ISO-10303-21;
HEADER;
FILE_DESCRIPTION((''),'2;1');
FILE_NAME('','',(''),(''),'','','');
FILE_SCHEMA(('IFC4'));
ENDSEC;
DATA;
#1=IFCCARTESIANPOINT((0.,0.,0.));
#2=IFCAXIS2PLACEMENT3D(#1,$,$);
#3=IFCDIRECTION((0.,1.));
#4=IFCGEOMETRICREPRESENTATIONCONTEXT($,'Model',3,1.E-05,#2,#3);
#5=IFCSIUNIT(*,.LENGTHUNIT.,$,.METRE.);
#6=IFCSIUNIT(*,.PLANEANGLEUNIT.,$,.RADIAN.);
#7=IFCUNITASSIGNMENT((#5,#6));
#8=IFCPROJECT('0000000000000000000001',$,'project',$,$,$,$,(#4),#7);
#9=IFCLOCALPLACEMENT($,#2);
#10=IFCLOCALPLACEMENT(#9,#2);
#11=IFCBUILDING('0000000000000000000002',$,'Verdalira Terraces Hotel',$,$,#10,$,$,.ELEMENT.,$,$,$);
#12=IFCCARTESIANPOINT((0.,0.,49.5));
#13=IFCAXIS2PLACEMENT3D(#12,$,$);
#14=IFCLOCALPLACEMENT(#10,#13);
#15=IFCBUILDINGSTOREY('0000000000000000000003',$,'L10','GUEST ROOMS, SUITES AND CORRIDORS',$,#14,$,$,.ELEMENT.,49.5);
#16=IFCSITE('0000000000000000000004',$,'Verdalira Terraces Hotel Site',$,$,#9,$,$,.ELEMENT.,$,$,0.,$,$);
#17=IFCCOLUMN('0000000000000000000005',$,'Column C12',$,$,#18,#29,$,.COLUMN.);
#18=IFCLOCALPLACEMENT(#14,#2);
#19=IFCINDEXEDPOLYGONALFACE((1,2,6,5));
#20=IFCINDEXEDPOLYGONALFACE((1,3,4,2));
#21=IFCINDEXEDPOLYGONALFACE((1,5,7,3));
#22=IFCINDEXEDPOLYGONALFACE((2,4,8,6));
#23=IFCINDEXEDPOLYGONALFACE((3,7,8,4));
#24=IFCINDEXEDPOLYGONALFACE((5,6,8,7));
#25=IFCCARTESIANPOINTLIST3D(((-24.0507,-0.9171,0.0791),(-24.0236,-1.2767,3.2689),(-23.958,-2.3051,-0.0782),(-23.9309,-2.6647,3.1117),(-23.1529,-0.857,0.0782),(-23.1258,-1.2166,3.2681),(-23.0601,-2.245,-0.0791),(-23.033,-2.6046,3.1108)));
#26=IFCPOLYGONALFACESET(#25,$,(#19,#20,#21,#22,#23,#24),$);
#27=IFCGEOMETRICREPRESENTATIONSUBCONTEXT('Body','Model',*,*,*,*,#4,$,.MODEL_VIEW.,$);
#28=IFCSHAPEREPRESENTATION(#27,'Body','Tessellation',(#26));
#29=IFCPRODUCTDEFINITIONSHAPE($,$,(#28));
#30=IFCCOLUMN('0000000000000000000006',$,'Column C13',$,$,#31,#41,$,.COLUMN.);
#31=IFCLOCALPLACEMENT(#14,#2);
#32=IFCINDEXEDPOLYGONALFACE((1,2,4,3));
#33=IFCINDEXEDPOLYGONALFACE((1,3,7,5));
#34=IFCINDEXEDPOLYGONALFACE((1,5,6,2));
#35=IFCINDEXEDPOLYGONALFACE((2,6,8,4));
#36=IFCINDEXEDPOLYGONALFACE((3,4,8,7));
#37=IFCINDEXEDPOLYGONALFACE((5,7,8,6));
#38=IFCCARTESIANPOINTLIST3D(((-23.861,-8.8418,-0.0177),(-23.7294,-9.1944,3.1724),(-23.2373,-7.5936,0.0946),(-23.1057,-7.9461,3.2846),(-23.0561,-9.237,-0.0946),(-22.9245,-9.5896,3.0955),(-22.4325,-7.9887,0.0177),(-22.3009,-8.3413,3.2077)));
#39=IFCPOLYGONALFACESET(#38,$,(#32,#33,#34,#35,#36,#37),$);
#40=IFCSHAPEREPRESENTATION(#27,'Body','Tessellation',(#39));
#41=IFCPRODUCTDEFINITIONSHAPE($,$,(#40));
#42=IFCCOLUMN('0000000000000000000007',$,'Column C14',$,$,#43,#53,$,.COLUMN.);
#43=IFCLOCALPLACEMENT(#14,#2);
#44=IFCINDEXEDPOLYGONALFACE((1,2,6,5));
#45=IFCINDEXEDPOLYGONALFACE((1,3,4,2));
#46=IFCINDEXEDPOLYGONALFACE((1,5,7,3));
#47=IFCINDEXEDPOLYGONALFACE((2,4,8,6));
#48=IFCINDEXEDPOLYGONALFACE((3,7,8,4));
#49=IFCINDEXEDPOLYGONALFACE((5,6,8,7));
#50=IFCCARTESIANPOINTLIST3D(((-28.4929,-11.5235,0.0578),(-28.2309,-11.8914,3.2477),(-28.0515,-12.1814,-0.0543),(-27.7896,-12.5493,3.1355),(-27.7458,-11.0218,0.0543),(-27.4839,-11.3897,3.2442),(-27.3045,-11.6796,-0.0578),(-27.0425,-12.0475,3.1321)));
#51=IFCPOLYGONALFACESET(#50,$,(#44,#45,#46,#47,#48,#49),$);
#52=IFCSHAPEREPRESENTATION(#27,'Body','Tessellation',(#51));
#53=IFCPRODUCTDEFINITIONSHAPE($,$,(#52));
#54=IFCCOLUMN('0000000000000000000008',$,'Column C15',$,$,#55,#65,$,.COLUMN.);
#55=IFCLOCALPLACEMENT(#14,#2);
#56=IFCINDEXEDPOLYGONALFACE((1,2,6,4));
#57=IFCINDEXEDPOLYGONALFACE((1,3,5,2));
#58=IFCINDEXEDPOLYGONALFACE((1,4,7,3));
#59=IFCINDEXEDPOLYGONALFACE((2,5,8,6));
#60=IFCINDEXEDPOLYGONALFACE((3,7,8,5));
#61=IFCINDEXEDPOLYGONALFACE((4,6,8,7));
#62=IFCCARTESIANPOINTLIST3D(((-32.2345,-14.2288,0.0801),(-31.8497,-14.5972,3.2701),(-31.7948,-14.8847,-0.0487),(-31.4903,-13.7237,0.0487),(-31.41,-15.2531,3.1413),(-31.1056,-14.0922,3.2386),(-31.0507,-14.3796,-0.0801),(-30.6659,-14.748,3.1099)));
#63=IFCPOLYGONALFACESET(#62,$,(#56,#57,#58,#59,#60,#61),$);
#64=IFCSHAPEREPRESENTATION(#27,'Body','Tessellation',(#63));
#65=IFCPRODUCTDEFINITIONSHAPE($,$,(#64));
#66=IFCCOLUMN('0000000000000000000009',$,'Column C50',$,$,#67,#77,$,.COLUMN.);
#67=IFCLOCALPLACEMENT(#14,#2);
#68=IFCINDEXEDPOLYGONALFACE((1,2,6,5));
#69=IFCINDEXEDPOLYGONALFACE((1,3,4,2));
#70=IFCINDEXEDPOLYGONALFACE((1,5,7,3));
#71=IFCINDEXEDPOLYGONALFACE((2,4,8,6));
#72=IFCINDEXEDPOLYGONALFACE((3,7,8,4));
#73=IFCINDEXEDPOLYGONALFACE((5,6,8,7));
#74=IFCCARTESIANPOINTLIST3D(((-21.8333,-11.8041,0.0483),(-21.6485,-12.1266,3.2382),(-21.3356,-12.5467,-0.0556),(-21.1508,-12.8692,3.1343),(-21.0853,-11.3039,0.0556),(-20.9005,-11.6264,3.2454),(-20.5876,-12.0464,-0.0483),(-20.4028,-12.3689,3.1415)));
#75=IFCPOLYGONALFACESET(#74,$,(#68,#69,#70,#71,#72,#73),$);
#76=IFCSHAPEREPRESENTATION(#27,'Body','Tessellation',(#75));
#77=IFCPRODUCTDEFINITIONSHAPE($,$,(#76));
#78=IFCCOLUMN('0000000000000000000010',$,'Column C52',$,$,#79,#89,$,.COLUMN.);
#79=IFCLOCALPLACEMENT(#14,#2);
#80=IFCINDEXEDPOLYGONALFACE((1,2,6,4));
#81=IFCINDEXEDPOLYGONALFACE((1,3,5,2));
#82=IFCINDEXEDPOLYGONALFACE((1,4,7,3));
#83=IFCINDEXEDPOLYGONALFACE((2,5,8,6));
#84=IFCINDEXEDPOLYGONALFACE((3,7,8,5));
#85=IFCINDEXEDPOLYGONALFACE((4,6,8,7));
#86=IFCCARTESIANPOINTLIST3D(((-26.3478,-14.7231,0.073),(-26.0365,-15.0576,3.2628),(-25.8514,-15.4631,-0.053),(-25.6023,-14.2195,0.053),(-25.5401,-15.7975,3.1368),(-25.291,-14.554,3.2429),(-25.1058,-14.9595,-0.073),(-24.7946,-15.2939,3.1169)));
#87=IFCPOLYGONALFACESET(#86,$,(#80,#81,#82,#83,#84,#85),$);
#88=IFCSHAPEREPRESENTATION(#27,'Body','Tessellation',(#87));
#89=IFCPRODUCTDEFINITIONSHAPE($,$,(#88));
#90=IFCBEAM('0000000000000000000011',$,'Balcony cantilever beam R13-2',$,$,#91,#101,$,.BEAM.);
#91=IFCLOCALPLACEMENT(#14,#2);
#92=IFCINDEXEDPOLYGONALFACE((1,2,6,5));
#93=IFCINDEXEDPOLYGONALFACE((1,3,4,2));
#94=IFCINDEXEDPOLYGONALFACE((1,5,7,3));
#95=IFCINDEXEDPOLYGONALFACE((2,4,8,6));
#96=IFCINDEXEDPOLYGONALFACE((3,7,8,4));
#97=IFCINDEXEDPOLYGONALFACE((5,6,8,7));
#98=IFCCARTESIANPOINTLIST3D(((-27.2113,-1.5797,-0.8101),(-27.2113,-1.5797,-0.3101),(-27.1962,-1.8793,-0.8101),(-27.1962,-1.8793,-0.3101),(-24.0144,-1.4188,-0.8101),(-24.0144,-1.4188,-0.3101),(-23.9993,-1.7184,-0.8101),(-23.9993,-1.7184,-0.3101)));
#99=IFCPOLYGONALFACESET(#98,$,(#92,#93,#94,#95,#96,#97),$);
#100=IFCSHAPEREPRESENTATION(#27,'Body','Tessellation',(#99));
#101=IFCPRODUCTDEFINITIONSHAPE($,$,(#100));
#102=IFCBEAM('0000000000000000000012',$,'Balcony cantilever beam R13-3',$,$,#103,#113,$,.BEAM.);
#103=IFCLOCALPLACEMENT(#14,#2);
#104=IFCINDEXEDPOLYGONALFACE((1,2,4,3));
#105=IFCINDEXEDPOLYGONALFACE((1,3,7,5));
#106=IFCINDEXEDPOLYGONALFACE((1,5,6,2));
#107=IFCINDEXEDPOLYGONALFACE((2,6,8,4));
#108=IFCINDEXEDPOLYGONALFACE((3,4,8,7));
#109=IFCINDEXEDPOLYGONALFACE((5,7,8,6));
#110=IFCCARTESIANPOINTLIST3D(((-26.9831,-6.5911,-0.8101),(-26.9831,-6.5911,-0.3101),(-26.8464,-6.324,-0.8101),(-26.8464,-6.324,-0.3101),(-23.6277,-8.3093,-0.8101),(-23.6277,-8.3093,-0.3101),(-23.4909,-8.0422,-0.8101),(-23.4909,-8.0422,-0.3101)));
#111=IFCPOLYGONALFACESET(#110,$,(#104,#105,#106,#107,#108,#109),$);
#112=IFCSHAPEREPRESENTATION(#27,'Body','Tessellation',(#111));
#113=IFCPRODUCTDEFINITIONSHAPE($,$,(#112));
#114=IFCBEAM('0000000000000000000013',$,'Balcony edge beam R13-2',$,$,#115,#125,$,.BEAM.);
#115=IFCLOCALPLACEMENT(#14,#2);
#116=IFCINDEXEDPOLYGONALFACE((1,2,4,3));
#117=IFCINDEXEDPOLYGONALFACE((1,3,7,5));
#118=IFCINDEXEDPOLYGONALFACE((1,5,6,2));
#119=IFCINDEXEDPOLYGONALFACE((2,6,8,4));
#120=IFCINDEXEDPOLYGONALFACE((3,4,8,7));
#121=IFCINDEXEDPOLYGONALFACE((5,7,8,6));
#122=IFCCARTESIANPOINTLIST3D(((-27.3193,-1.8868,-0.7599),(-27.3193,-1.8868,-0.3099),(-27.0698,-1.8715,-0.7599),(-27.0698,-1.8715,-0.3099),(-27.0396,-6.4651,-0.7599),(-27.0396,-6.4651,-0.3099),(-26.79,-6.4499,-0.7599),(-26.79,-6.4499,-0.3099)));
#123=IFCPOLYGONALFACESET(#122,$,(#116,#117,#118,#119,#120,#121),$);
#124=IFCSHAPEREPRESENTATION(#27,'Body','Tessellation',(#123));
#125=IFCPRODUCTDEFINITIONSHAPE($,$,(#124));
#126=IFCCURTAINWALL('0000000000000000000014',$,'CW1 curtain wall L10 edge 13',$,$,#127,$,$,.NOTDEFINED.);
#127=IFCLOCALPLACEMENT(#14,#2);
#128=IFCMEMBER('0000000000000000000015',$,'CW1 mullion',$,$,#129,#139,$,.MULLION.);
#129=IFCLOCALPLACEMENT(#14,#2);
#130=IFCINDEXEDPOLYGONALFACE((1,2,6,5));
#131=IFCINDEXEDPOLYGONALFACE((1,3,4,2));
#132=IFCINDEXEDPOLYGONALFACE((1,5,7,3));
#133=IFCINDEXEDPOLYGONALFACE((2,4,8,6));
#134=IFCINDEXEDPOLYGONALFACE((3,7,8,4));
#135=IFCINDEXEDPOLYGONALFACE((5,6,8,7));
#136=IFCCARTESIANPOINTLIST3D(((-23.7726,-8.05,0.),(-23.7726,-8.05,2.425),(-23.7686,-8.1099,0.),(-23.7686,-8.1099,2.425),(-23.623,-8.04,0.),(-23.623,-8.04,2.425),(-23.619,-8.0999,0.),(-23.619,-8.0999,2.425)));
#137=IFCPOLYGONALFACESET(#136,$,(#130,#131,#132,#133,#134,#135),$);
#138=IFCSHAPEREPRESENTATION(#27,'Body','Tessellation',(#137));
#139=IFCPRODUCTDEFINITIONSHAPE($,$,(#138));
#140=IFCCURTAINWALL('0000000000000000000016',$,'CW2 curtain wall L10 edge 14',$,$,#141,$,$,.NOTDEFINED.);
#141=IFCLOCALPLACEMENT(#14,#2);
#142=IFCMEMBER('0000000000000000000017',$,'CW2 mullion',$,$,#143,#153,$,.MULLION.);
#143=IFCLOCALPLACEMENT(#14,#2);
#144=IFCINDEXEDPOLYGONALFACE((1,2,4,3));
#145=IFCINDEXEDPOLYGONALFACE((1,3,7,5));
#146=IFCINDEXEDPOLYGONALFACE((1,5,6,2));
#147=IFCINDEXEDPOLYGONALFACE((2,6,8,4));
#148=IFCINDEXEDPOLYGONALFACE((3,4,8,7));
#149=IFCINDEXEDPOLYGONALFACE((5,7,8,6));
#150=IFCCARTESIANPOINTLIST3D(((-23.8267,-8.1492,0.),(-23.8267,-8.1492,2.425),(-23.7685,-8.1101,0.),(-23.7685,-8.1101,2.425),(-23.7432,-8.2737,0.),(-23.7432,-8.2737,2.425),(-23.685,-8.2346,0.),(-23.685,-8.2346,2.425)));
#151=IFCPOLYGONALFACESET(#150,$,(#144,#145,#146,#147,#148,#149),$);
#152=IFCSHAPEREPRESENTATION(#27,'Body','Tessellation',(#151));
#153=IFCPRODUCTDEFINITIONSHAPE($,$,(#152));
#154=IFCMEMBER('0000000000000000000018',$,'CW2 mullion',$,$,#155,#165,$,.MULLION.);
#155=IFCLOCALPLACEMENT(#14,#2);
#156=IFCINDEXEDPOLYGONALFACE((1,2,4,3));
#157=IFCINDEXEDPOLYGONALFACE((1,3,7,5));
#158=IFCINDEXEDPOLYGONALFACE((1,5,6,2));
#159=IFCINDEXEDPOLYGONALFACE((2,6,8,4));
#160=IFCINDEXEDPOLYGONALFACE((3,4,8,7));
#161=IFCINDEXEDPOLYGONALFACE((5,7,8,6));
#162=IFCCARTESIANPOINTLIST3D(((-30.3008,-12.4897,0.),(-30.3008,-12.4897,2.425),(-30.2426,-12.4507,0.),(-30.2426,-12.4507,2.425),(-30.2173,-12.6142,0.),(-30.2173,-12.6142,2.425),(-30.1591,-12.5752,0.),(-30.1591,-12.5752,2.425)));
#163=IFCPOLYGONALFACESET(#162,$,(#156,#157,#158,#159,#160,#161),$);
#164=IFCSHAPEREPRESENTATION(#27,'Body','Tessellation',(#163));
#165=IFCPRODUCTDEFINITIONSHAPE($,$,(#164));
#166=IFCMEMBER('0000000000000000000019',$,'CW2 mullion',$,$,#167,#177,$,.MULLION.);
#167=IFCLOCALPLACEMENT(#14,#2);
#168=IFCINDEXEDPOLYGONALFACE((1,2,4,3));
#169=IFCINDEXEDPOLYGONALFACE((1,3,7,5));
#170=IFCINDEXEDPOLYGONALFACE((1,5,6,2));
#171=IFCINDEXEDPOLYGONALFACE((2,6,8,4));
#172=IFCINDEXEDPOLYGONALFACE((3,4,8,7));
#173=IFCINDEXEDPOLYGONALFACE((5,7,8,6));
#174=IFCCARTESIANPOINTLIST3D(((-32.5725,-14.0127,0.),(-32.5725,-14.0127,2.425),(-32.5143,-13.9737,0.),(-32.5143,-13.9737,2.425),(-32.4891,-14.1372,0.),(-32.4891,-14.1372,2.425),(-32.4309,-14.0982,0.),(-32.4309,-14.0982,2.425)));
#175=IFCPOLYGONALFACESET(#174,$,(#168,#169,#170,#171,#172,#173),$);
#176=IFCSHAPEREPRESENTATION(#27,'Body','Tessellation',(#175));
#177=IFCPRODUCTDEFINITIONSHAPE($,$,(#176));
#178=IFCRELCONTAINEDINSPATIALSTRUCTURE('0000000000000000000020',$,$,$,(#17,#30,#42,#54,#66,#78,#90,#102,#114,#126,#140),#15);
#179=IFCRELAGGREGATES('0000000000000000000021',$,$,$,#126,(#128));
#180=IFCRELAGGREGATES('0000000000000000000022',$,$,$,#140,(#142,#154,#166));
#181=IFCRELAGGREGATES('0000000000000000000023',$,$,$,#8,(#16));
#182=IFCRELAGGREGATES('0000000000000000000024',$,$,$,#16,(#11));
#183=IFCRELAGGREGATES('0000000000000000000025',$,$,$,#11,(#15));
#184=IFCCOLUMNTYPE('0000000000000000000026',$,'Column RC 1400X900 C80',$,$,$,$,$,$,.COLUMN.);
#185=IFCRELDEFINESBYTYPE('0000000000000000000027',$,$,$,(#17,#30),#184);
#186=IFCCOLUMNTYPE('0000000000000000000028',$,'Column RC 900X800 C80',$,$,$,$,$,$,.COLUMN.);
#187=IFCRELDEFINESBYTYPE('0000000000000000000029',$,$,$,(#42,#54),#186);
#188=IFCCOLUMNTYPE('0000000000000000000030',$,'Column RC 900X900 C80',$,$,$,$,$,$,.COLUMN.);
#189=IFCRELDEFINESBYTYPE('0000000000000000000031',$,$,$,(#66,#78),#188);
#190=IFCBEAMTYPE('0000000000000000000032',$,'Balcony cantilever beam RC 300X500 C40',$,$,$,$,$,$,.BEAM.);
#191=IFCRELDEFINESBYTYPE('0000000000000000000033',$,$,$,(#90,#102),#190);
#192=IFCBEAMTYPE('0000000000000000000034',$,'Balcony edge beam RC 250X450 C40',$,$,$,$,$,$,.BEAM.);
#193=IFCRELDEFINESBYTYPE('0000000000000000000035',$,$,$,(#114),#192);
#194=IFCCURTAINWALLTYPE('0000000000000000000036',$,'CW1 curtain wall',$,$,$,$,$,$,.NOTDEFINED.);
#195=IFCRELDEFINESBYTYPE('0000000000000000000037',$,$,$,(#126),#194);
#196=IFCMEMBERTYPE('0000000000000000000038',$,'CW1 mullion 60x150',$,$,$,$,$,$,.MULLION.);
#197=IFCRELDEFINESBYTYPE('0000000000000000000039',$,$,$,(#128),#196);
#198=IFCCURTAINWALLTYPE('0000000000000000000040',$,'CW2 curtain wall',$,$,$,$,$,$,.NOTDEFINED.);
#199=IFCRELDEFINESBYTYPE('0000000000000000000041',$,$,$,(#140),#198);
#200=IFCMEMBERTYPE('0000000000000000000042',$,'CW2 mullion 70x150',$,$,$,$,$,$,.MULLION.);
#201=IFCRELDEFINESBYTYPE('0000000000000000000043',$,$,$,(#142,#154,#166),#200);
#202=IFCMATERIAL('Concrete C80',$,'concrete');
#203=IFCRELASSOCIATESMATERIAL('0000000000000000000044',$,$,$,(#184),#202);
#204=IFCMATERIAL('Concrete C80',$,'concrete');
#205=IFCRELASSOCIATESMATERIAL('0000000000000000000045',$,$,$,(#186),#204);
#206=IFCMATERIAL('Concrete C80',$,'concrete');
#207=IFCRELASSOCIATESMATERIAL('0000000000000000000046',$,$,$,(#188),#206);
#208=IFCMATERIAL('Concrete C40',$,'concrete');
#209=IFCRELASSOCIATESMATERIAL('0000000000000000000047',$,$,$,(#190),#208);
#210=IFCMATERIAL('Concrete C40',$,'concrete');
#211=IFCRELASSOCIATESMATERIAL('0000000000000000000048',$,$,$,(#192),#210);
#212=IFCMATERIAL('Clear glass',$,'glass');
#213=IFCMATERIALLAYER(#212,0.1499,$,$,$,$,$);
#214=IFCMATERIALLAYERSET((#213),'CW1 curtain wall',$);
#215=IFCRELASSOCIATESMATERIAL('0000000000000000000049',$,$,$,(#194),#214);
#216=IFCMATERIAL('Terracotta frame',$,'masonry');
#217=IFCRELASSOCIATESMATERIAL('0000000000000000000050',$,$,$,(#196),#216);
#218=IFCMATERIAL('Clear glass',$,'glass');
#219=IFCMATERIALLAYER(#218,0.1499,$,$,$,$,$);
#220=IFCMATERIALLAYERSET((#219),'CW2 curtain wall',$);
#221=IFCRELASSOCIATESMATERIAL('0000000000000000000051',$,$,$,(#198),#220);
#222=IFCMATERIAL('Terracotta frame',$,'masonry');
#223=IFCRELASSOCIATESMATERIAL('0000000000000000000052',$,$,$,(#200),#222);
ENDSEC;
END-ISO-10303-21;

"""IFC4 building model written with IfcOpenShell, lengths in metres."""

from ifc_helpers import new_model, si_unit, direction, frame, origin, origin_2d, place, context, subcontext, project, spatial, rectangle, extrude, material, layer, layer_set, material_profile, profile_set, type_object, element, aggregate, save


model = new_model("IFC4")

# Units and contexts
model_context = context("Model", 3, precision=1e-05, world=origin(), true_north=direction((0.0, 1.0)))
body_context = subcontext(model_context, "Body", "Model", "MODEL_VIEW")
ifc_project = project(units=[si_unit("LENGTHUNIT", "METRE"), si_unit("PLANEANGLEUNIT", "RADIAN")], contexts=[model_context])

# Site, building, storey
site_placement = place(None, origin())
site = spatial("IfcSite", under=ifc_project, at=site_placement, Name="Verdalira Terraces Hotel Site", CompositionType="ELEMENT", RefElevation=0.0)
building_placement = place(site_placement, origin())
building = spatial("IfcBuilding", under=site, at=building_placement, Name="Verdalira Terraces Hotel", CompositionType="ELEMENT")
storey_placement = place(building_placement, frame((0.0, 0.0, 49.5)))
storey = spatial("IfcBuildingStorey", under=building, at=storey_placement, Name="L10", Description="GUEST ROOMS, SUITES AND CORRIDORS", CompositionType="ELEMENT", Elevation=49.5)

# Columns
ifc_material_1 = material(Name="Concrete C80", Category="concrete")
ifc_material_profile_1 = material_profile(ifc_material_1, rectangle(XDim=1.3999, YDim=0.8999, at=origin_2d()), Name="RC 1400X900")
ifc_profile_set_1 = profile_set([ifc_material_profile_1], Name="Concrete C80")
column_type_1 = type_object("IfcColumnType", Name="Column RC 1400X900 C80", PredefinedType="COLUMN", material=ifc_profile_set_1)
column_1_placement = place(storey_placement, frame((-23.5554, -1.5811, 0.0), z_axis=(0.008442, -0.112022, 0.99367), x_axis=(0.066257, -0.991459, -0.112335)))
element("IfcColumn", 1, at=column_1_placement, inside=storey, type_object=column_type_1, Name="Column C12", PredefinedType="COLUMN", context=body_context, shape_type="SweptSolid", body=[
    extrude(rectangle(XDim=1.3999, YDim=0.8999, at=origin_2d()), origin(), (0.0, 0.0, 1.0), 3.2102),
])
column_2_placement = place(storey_placement, frame((-23.1467, -8.4153, 0.0), z_axis=(0.040968, -0.109755, 0.993114), x_axis=(0.445471, 0.8917, 0.08017)))
element("IfcColumn", 2, at=column_2_placement, inside=storey, type_object=column_type_1, Name="Column C13", PredefinedType="COLUMN", context=body_context, shape_type="SweptSolid", body=[
    extrude(rectangle(XDim=1.3999, YDim=0.8999, at=origin_2d()), origin(), (0.0, 0.0, 1.0), 3.2122),
])
ifc_material_2 = material(Name="Concrete C80", Category="concrete")
ifc_material_profile_2 = material_profile(ifc_material_2, rectangle(XDim=0.8999, YDim=0.8, at=origin_2d()), Name="RC 900X800")
ifc_profile_set_2 = profile_set([ifc_material_profile_2], Name="Concrete C80")
column_type_2 = type_object("IfcColumnType", Name="Column RC 900X800 C80", PredefinedType="COLUMN", material=ifc_profile_set_2)
column_3_placement = place(storey_placement, frame((-27.8987, -11.6016, 0.0), z_axis=(0.081311, -0.114199, 0.990125), x_axis=(-0.830123, -0.557566, 0.003863)))
element("IfcColumn", 3, at=column_3_placement, inside=storey, type_object=column_type_2, Name="Column C14", PredefinedType="COLUMN", context=body_context, shape_type="SweptSolid", body=[
    extrude(rectangle(XDim=0.8999, YDim=0.8, at=origin_2d()), origin(), (0.0, 0.0, 1.0), 3.2217),
])
column_4_placement = place(storey_placement, frame((-31.6426, -14.3042, 0.0), z_axis=(0.118971, -0.113913, 0.986342), x_axis=(-0.826929, -0.561221, 0.034927)))
element("IfcColumn", 4, at=column_4_placement, inside=storey, type_object=column_type_2, Name="Column C15", PredefinedType="COLUMN", context=body_context, shape_type="SweptSolid", body=[
    extrude(rectangle(XDim=0.8999, YDim=0.8, at=origin_2d()), origin(), (0.0, 0.0, 1.0), 3.2341),
])
ifc_material_3 = material(Name="Concrete C80", Category="concrete")
ifc_material_profile_3 = material_profile(ifc_material_3, rectangle(XDim=0.8999, YDim=0.8999, at=origin_2d()), Name="RC 900X900")
ifc_profile_set_3 = profile_set([ifc_material_profile_3], Name="Concrete C80")
column_type_3 = type_object("IfcColumnType", Name="Column RC 900X900 C80", PredefinedType="COLUMN", material=ifc_profile_set_3)
column_5_placement = place(storey_placement, frame((-21.2104, -11.9253, 0.0), z_axis=(0.057547, -0.100423, 0.993279), x_axis=(-0.831201, -0.555913, -0.008047)))
element("IfcColumn", 5, at=column_5_placement, inside=storey, type_object=column_type_3, Name="Column C50", PredefinedType="COLUMN", context=body_context, shape_type="SweptSolid", body=[
    extrude(rectangle(XDim=0.8999, YDim=0.8999, at=origin_2d()), origin(), (0.0, 0.0, 1.0), 3.2114),
])
column_6_placement = place(storey_placement, frame((-25.7268, -14.8413, 0.0), z_axis=(0.096596, -0.103793, 0.989897), x_axis=(-0.828465, -0.559602, 0.022167)))
element("IfcColumn", 6, at=column_6_placement, inside=storey, type_object=column_type_3, Name="Column C52", PredefinedType="COLUMN", context=body_context, shape_type="SweptSolid", body=[
    extrude(rectangle(XDim=0.8999, YDim=0.8999, at=origin_2d()), origin(), (0.0, 0.0, 1.0), 3.2224),
])

# Beams
ifc_material_4 = material(Name="Concrete C40", Category="concrete")
ifc_material_profile_4 = material_profile(ifc_material_4, rectangle(XDim=0.3, YDim=0.5, at=origin_2d()), Name="RC 300X500")
ifc_profile_set_4 = profile_set([ifc_material_profile_4], Name="Concrete C40")
beam_type_1 = type_object("IfcBeamType", Name="Balcony cantilever beam RC 300X500 C40", PredefinedType="BEAM", material=ifc_profile_set_4)
beam_1_placement = place(storey_placement, frame((-24.0068, -1.5686, -0.5601), z_axis=(-0.998736, -0.050265, 0.0), x_axis=(0.050265, -0.998736, 0.0)))
element("IfcBeam", 7, at=beam_1_placement, inside=storey, type_object=beam_type_1, Name="Balcony cantilever beam R13-2", PredefinedType="BEAM", context=body_context, shape_type="SweptSolid", body=[
    extrude(rectangle(XDim=0.3, YDim=0.5, at=origin_2d()), origin(), (0.0, 0.0, 1.0), 3.2009),
])
beam_2_placement = place(storey_placement, frame((-23.5593, -8.1758, -0.5601), z_axis=(-0.890086, 0.455793, 0.0), x_axis=(-0.455793, -0.890086, 0.0)))
element("IfcBeam", 8, at=beam_2_placement, inside=storey, type_object=beam_type_1, Name="Balcony cantilever beam R13-3", PredefinedType="BEAM", context=body_context, shape_type="SweptSolid", body=[
    extrude(rectangle(XDim=0.3, YDim=0.5, at=origin_2d()), origin(), (0.0, 0.0, 1.0), 3.7698),
])
ifc_material_5 = material(Name="Concrete C40", Category="concrete")
ifc_material_profile_5 = material_profile(ifc_material_5, rectangle(XDim=0.25, YDim=0.45, at=origin_2d()), Name="RC 250X450")
ifc_profile_set_5 = profile_set([ifc_material_profile_5], Name="Concrete C40")
beam_type_2 = type_object("IfcBeamType", Name="Balcony edge beam RC 250X450 C40", PredefinedType="BEAM", material=ifc_profile_set_5)
beam_3_placement = place(storey_placement, frame((-27.1946, -1.8792, -0.5349), z_axis=(0.060996, -0.998138, 0.0), x_axis=(0.998138, 0.060996, 0.0)))
element("IfcBeam", 9, at=beam_3_placement, inside=storey, type_object=beam_type_2, Name="Balcony edge beam R13-2", PredefinedType="BEAM", context=body_context, shape_type="SweptSolid", body=[
    extrude(rectangle(XDim=0.25, YDim=0.45, at=origin_2d()), origin(), (0.0, 0.0, 1.0), 4.5869),
])

# Curtain wall, member
ifc_material_6 = material(Name="Clear glass", Category="glass")
ifc_layer_1 = layer(ifc_material_6, 0.1499)
ifc_layer_set_1 = layer_set([ifc_layer_1], Name="CW1 curtain wall")
curtain_wall_type_1 = type_object("IfcCurtainWallType", Name="CW1 curtain wall", PredefinedType="NOTDEFINED", material=ifc_layer_set_1)
curtain_wall_1_placement = place(storey_placement, origin())
curtain_wall_1 = element("IfcCurtainWall", 10, at=curtain_wall_1_placement, inside=storey, type_object=curtain_wall_type_1, Name="CW1 curtain wall L10 edge 13", PredefinedType="NOTDEFINED")
ifc_material_7 = material(Name="Terracotta frame", Category="masonry")
ifc_material_profile_6 = material_profile(ifc_material_7, rectangle(XDim=0.0601, YDim=0.1499, at=origin_2d()), Name="MU 60x150")
ifc_profile_set_6 = profile_set([ifc_material_profile_6], Name="Terracotta frame")
member_type_1 = type_object("IfcMemberType", Name="CW1 mullion 60x150", PredefinedType="MULLION", material=ifc_profile_set_6)
member_1_placement = place(storey_placement, frame((-23.6958, -8.075, 0.0), z_axis=(0.0, 0.0, 1.0), x_axis=(0.06697, -0.997755, 0.0)))
member_1 = element("IfcMember", 11, at=member_1_placement, type_object=member_type_1, Name="CW1 mullion", PredefinedType="MULLION", context=body_context, shape_type="SweptSolid", body=[
    extrude(rectangle(XDim=0.0601, YDim=0.1499, at=origin_2d()), origin(), (0.0, 0.0, 1.0), 2.425),
])

# Curtain wall, members
ifc_material_8 = material(Name="Clear glass", Category="glass")
ifc_layer_2 = layer(ifc_material_8, 0.1499)
ifc_layer_set_2 = layer_set([ifc_layer_2], Name="CW2 curtain wall")
curtain_wall_type_2 = type_object("IfcCurtainWallType", Name="CW2 curtain wall", PredefinedType="NOTDEFINED", material=ifc_layer_set_2)
curtain_wall_2_placement = place(storey_placement, origin())
curtain_wall_2 = element("IfcCurtainWall", 12, at=curtain_wall_2_placement, inside=storey, type_object=curtain_wall_type_2, Name="CW2 curtain wall L10 edge 14", PredefinedType="NOTDEFINED")
ifc_material_9 = material(Name="Terracotta frame", Category="masonry")
ifc_material_profile_7 = material_profile(ifc_material_9, rectangle(XDim=0.0701, YDim=0.1499, at=origin_2d()), Name="MU 70x150")
ifc_profile_set_7 = profile_set([ifc_material_profile_7], Name="Terracotta frame")
member_type_2 = type_object("IfcMemberType", Name="CW2 mullion 70x150", PredefinedType="MULLION", material=ifc_profile_set_7)
member_2_placement = place(storey_placement, frame((-23.7559, -8.1919, 0.0), z_axis=(0.0, 0.0, 1.0), x_axis=(-0.830596, -0.556876, 0.0)))
member_2 = element("IfcMember", 13, at=member_2_placement, type_object=member_type_2, Name="CW2 mullion", PredefinedType="MULLION", context=body_context, shape_type="SweptSolid", body=[
    extrude(rectangle(XDim=0.0701, YDim=0.1499, at=origin_2d()), origin(), (0.0, 0.0, 1.0), 2.425),
])
member_3_placement = place(storey_placement, frame((-30.23, -12.5325, 0.0), z_axis=(0.0, 0.0, 1.0), x_axis=(-0.830596, -0.556876, 0.0)))
member_3 = element("IfcMember", 14, at=member_3_placement, type_object=member_type_2, Name="CW2 mullion", PredefinedType="MULLION", context=body_context, shape_type="SweptSolid", body=[
    extrude(rectangle(XDim=0.0701, YDim=0.1499, at=origin_2d()), origin(), (0.0, 0.0, 1.0), 2.425),
])
member_4_placement = place(storey_placement, frame((-32.5017, -14.0554, 0.0), z_axis=(0.0, 0.0, 1.0), x_axis=(-0.830596, -0.556876, 0.0)))
member_4 = element("IfcMember", 15, at=member_4_placement, type_object=member_type_2, Name="CW2 mullion", PredefinedType="MULLION", context=body_context, shape_type="SweptSolid", body=[
    extrude(rectangle(XDim=0.0701, YDim=0.1499, at=origin_2d()), origin(), (0.0, 0.0, 1.0), 2.425),
])

aggregate(curtain_wall_1, [member_1])
aggregate(curtain_wall_2, [member_2, member_3, member_4])

save(model, "model.ifc")
